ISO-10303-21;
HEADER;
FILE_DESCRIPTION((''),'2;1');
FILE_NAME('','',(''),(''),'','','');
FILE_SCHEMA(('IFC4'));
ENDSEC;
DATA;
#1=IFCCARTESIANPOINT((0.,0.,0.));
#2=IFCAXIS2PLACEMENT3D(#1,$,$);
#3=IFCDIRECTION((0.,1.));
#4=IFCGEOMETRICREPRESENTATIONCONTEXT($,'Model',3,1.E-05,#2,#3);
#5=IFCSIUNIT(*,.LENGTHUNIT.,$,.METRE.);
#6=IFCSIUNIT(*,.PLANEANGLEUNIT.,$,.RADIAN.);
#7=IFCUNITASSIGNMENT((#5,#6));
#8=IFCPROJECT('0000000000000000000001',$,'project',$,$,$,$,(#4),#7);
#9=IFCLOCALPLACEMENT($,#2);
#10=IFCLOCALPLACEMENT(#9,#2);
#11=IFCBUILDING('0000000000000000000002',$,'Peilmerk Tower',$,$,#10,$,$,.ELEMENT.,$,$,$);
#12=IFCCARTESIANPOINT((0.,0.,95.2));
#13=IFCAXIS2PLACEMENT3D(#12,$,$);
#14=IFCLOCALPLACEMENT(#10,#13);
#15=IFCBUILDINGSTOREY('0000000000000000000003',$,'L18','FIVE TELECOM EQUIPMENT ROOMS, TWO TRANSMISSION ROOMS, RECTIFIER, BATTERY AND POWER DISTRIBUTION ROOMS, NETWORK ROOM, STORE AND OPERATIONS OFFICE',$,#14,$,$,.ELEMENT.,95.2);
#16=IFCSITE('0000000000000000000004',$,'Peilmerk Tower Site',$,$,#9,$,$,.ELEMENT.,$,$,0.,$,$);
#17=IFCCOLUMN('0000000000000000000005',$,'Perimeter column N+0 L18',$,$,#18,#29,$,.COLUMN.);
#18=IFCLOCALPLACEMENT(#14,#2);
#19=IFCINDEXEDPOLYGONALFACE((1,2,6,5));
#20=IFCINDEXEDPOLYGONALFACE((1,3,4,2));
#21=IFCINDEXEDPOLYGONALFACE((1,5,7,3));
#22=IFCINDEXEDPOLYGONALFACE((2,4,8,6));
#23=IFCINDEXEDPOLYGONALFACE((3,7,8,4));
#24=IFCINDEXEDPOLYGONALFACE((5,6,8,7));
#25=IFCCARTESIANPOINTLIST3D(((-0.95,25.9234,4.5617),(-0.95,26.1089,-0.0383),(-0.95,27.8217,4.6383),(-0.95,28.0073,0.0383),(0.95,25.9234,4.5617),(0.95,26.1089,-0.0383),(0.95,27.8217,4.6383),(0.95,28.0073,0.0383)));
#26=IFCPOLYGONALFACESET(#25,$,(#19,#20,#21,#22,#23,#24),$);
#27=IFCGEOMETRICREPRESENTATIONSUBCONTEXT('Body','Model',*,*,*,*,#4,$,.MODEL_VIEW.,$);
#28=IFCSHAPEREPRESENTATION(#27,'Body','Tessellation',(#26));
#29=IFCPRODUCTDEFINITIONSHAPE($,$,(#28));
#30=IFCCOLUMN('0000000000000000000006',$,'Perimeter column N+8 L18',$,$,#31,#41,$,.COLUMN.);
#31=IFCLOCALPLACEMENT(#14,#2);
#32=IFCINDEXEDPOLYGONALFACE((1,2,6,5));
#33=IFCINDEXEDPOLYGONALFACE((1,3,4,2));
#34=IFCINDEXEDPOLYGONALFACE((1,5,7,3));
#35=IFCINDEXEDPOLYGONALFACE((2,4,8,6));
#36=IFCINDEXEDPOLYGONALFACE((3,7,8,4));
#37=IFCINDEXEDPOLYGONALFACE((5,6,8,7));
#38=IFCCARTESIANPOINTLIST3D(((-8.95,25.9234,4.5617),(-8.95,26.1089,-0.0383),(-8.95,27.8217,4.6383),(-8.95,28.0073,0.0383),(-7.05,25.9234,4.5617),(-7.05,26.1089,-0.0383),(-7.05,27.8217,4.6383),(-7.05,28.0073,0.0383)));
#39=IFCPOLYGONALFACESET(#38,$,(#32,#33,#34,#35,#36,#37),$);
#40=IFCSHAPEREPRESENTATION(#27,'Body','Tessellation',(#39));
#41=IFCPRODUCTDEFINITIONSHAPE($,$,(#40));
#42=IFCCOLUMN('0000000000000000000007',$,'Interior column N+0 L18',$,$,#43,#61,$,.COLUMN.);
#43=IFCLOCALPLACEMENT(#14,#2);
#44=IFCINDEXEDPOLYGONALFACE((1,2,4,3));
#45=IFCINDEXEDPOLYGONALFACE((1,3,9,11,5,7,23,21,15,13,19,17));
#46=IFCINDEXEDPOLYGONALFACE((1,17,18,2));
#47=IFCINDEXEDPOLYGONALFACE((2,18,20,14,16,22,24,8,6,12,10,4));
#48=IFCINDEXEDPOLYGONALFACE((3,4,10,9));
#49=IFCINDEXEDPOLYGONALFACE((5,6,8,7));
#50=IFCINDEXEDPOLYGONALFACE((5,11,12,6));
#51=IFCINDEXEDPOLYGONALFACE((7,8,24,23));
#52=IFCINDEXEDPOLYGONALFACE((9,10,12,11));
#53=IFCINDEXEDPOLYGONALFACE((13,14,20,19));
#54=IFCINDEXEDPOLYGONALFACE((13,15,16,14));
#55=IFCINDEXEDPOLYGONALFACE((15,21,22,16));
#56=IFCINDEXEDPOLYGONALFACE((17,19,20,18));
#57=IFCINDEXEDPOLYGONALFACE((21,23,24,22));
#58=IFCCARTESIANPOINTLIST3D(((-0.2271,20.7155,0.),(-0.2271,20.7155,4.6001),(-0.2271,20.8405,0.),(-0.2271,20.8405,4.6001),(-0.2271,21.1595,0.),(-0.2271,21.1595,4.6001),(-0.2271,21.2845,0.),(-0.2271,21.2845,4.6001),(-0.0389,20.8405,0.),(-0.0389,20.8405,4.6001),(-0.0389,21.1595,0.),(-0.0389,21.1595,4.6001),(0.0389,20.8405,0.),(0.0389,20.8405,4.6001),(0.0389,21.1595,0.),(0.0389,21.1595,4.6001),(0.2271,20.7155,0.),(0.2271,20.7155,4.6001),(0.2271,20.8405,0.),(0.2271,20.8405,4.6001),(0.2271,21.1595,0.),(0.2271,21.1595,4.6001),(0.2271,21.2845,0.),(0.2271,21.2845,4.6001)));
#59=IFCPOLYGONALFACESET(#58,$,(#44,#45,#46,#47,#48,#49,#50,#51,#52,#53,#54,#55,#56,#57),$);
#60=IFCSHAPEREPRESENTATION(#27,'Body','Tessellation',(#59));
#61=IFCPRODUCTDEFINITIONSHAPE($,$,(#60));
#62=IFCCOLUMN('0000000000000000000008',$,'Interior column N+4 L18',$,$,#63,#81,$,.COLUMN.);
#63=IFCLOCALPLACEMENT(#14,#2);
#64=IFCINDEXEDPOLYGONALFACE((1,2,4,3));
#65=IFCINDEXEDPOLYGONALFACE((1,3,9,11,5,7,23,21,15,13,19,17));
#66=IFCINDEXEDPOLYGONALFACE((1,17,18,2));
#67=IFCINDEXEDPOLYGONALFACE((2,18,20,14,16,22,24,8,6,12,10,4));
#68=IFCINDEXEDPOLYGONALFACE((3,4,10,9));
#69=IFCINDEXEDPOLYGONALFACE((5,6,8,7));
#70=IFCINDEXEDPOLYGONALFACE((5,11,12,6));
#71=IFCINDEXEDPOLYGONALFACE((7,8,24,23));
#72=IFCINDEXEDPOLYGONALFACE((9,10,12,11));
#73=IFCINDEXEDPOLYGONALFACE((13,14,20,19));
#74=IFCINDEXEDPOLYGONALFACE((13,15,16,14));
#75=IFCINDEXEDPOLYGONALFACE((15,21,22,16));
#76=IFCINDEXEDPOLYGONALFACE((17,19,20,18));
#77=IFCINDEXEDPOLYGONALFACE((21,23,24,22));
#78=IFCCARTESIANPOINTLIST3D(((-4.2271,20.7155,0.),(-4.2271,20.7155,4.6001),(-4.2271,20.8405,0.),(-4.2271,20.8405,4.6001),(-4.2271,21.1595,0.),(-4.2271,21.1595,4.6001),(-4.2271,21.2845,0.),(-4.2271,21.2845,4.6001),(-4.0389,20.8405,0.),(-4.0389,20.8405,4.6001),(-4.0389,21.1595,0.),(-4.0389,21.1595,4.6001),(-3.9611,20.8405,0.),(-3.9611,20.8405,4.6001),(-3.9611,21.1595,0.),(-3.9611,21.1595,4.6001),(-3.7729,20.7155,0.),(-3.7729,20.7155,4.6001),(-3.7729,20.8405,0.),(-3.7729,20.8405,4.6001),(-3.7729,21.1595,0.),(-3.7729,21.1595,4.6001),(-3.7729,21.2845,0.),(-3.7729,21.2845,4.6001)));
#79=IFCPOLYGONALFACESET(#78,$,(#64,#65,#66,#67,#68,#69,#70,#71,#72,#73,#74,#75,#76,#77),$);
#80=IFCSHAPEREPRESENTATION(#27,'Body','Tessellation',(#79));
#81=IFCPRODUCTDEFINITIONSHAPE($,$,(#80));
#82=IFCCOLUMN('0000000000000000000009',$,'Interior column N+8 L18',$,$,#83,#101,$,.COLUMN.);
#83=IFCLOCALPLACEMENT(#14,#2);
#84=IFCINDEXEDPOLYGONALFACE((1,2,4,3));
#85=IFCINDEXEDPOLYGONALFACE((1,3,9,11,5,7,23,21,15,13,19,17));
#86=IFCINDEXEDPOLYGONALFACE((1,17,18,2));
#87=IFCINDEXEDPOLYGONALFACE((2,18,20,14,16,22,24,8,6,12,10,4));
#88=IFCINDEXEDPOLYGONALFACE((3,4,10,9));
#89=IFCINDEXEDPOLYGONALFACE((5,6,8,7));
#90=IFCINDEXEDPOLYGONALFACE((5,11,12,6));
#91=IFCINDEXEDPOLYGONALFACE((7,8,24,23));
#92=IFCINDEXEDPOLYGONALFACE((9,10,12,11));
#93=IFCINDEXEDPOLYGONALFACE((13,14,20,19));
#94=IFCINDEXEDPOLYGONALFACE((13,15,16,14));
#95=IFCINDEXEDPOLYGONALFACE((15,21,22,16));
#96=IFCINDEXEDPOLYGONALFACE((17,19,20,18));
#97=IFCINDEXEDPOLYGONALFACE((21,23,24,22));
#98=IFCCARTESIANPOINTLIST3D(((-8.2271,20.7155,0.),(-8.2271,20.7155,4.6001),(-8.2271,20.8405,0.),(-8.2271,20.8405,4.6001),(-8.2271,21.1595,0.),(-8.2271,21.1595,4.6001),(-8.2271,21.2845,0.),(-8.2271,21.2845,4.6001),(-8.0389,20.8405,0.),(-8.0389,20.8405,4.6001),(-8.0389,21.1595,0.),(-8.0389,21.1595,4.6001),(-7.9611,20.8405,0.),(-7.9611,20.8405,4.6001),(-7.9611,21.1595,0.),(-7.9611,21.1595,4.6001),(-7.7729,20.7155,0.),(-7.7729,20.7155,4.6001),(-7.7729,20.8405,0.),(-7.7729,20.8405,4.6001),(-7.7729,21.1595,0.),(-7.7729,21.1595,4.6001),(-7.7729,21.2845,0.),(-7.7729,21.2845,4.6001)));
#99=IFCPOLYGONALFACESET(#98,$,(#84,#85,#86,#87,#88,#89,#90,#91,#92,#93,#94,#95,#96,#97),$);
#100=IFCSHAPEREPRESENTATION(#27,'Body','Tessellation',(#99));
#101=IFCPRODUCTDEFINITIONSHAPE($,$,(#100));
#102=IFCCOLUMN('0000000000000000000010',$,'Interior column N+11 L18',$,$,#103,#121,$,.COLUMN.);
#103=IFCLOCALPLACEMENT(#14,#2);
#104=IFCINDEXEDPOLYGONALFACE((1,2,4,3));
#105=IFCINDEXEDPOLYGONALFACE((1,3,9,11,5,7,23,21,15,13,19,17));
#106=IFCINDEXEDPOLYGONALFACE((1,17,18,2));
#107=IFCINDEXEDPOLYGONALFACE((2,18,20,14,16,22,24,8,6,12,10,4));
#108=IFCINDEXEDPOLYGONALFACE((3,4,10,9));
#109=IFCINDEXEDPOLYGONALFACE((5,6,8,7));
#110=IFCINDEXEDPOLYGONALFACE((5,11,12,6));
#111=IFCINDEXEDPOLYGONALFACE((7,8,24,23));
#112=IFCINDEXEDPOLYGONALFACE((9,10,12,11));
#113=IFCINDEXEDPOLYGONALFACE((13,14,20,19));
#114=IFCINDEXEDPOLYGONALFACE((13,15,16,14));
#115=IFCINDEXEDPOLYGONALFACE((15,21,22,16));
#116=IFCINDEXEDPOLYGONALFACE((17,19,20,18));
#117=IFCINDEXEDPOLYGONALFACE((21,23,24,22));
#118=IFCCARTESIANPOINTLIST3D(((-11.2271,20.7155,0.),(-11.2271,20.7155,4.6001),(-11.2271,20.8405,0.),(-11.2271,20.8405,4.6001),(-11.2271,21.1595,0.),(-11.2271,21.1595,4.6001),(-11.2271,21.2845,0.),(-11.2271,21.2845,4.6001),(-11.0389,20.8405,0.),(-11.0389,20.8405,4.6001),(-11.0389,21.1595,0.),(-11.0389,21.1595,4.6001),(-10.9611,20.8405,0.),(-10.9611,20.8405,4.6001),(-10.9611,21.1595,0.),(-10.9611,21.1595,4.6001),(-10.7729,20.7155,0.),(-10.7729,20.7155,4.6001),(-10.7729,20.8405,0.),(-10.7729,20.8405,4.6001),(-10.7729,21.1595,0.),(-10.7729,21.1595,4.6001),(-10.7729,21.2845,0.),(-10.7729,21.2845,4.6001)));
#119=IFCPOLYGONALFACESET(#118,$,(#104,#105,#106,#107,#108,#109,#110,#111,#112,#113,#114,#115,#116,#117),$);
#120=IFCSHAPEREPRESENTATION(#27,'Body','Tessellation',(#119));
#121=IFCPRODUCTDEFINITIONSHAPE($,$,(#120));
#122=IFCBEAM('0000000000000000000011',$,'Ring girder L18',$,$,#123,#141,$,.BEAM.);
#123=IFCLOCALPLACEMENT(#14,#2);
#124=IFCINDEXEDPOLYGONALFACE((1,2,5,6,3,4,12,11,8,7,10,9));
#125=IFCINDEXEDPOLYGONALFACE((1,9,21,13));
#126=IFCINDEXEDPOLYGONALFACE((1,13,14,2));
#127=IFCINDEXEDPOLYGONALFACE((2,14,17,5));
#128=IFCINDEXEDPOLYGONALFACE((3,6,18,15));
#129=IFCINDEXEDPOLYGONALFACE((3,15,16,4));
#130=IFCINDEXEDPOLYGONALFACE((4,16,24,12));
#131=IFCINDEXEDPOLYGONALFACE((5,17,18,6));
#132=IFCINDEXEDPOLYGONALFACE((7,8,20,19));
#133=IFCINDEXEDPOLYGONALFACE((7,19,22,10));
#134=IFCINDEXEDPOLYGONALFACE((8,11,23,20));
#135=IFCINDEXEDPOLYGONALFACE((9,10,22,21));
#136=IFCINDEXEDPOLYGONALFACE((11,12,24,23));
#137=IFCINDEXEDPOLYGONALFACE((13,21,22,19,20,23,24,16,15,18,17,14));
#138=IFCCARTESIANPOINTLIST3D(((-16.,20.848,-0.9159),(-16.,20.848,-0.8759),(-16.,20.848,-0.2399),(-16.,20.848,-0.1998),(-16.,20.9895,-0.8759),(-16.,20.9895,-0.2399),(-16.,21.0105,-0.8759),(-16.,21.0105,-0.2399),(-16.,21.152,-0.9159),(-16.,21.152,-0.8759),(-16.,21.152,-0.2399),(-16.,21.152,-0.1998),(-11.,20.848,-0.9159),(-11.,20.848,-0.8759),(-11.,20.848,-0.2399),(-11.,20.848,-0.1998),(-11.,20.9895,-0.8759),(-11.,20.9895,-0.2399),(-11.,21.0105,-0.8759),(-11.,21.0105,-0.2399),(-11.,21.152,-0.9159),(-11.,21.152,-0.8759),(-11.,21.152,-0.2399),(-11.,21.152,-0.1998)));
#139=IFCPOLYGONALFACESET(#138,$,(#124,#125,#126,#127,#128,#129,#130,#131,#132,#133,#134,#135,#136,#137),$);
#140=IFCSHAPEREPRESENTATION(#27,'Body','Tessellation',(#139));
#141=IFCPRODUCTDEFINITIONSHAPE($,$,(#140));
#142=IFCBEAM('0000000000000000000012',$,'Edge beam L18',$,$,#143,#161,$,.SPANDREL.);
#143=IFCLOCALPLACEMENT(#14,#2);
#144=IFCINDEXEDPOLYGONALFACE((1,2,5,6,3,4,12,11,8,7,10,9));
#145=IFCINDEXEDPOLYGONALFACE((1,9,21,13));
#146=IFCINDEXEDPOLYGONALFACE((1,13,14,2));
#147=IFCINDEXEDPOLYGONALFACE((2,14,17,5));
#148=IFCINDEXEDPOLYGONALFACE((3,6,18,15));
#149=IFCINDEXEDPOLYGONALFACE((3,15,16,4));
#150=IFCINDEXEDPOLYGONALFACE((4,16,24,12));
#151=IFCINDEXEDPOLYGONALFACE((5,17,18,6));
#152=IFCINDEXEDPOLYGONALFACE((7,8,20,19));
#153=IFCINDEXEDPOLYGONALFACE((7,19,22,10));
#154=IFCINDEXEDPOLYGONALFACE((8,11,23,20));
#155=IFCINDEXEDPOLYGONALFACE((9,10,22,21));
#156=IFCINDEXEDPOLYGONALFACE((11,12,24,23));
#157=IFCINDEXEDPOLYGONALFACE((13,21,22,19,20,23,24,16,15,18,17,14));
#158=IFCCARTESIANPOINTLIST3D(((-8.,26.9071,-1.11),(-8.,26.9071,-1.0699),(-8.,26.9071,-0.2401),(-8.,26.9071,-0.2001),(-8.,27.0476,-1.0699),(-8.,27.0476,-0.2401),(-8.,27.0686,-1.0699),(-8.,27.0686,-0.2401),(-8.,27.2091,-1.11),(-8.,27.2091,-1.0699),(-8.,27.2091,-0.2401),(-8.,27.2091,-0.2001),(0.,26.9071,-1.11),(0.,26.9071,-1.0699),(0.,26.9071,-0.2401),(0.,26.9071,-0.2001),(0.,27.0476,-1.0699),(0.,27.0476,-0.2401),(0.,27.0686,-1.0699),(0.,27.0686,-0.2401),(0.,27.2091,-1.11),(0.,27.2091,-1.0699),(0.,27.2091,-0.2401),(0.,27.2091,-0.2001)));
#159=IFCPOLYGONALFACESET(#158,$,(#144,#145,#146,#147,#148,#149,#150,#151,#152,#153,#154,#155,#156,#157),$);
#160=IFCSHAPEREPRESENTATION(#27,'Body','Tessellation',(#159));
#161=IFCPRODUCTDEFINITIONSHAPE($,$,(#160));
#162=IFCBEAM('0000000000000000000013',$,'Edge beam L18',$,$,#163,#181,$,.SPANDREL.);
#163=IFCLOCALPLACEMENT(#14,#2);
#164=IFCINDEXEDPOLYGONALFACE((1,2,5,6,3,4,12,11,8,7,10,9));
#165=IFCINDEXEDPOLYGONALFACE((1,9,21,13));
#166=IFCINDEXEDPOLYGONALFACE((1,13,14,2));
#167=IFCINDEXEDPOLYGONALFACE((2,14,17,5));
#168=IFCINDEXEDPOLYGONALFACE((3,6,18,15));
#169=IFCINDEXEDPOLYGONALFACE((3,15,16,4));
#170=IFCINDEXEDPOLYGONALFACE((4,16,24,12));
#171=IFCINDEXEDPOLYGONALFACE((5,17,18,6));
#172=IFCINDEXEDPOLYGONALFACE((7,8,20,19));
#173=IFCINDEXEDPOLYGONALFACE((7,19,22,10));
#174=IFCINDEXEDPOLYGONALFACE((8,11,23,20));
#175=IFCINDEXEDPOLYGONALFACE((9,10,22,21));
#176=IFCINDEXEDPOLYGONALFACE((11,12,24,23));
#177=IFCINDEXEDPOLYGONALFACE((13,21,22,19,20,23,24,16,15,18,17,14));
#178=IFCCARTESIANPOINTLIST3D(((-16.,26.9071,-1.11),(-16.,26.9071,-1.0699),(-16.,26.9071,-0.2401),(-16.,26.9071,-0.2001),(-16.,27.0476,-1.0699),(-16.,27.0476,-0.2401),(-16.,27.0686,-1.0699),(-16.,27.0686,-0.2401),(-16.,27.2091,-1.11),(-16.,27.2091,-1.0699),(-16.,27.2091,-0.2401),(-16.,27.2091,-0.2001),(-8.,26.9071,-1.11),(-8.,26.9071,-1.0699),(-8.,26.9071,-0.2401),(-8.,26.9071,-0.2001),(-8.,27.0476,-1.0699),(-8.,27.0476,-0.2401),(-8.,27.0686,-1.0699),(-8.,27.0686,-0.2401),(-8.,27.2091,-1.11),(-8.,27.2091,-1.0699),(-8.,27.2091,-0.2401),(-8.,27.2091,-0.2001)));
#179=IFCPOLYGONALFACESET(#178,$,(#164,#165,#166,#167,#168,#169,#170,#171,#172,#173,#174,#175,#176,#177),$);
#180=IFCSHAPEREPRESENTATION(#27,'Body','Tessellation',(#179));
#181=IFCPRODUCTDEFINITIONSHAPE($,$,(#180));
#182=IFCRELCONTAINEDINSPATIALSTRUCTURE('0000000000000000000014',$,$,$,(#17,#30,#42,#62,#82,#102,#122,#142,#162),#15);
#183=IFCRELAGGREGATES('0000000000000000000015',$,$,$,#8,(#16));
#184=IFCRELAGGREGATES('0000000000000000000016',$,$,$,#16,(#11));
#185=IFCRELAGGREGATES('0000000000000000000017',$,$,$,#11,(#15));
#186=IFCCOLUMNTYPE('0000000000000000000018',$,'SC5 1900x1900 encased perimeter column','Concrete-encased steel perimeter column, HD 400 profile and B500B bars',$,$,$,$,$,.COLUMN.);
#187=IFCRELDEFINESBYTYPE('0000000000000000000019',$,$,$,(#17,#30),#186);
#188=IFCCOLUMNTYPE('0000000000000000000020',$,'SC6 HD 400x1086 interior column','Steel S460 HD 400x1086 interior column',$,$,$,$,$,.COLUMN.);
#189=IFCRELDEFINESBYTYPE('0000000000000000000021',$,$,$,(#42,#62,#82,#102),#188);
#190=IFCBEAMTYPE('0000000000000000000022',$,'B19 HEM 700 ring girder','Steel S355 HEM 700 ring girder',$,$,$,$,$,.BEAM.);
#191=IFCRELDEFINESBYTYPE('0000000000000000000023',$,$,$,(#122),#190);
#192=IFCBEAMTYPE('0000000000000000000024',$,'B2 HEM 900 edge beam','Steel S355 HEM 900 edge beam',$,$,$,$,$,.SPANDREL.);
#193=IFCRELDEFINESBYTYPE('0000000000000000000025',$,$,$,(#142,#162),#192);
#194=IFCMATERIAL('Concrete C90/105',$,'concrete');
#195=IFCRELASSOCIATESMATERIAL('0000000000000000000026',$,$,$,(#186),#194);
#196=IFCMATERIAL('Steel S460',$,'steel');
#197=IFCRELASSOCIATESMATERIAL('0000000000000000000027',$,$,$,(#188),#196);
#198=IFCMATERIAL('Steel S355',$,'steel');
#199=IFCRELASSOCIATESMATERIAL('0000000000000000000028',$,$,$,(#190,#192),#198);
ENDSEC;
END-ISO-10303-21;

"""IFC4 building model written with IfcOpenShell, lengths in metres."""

from ifc_helpers import new_model, si_unit, direction, frame, origin, origin_2d, place, context, subcontext, project, spatial, rectangle, i_section, extrude, material, material_profile, profile_set, type_object, element, save


model = new_model("IFC4")

# Units and contexts
model_context = context("Model", 3, precision=1e-05, world=origin(), true_north=direction((0.0, 1.0)))
body_context = subcontext(model_context, "Body", "Model", "MODEL_VIEW")
ifc_project = project(units=[si_unit("LENGTHUNIT", "METRE"), si_unit("PLANEANGLEUNIT", "RADIAN")], contexts=[model_context])

# Site, building, storey
site_placement = place(None, origin())
site = spatial("IfcSite", under=ifc_project, at=site_placement, Name="Peilmerk Tower Site", CompositionType="ELEMENT", RefElevation=0.0)
building_placement = place(site_placement, origin())
building = spatial("IfcBuilding", under=site, at=building_placement, Name="Peilmerk Tower", CompositionType="ELEMENT")
storey_placement = place(building_placement, frame((0.0, 0.0, 95.2)))
storey = spatial("IfcBuildingStorey", under=building, at=storey_placement, Name="L18", Description="FIVE TELECOM EQUIPMENT ROOMS, TWO TRANSMISSION ROOMS, RECTIFIER, BATTERY AND POWER DISTRIBUTION ROOMS, NETWORK ROOM, STORE AND OPERATIONS OFFICE", CompositionType="ELEMENT", Elevation=95.2)

# Columns
ifc_material_1 = material(Name="Concrete C90/105", Category="concrete")
ifc_material_profile_1 = material_profile(ifc_material_1, rectangle(XDim=1.8999, YDim=1.8999, at=origin_2d()), Name="RC 1900x1900")
ifc_profile_set_1 = profile_set([ifc_material_profile_1], Name="Concrete C90/105")
column_type_1 = type_object("IfcColumnType", Name="SC5 1900x1900 encased perimeter column", Description="Concrete-encased steel perimeter column, HD 400 profile and B500B bars", PredefinedType="COLUMN", material=ifc_profile_set_1)
for number, where, z_axis, x_axis, name in (
    (1, (0.0, 27.0581, 0.0), (0.0, -0.040303, 0.999188), (1.0, 0.0, 0.0), "Perimeter column N+0 L18"),
    (2, (-8.0, 27.0581, 0.0), (0.0, -0.040303, 0.999188), (1.0, 0.0, 0.0), "Perimeter column N+8 L18"),
):
    element("IfcColumn", number, at=place(storey_placement, frame(where, z_axis=z_axis, x_axis=x_axis)), inside=storey, type_object=column_type_1, Name=name, PredefinedType="COLUMN", context=body_context, shape_type="SweptSolid", body=[
        extrude(rectangle(XDim=1.8999, YDim=1.8999, at=origin_2d()), origin(), (0.0, 0.0, 1.0), 4.6038),
    ])
ifc_material_2 = material(Name="Steel S460", Category="steel")
ifc_material_profile_2 = material_profile(ifc_material_2, i_section(OverallWidth=0.4541, OverallDepth=0.5691, WebThickness=0.0779, FlangeThickness=0.125, at=origin_2d()), Name="HD 400x1086")
ifc_profile_set_2 = profile_set([ifc_material_profile_2], Name="Steel S460")
column_type_2 = type_object("IfcColumnType", Name="SC6 HD 400x1086 interior column", Description="Steel S460 HD 400x1086 interior column", PredefinedType="COLUMN", material=ifc_profile_set_2)
for number, where, z_axis, x_axis, name in (
    (3, (0.0, 21.0, 0.0), (0.0, 0.0, 1.0), (1.0, 0.0, 0.0), "Interior column N+0 L18"),
    (4, (-4.0, 21.0, 0.0), (0.0, 0.0, 1.0), (1.0, 0.0, 0.0), "Interior column N+4 L18"),
    (5, (-8.0, 21.0, 0.0), (0.0, 0.0, 1.0), (1.0, 0.0, 0.0), "Interior column N+8 L18"),
    (6, (-11.0, 21.0, 0.0), (0.0, 0.0, 1.0), (1.0, 0.0, 0.0), "Interior column N+11 L18"),
):
    element("IfcColumn", number, at=place(storey_placement, frame(where, z_axis=z_axis, x_axis=x_axis)), inside=storey, type_object=column_type_2, Name=name, PredefinedType="COLUMN", context=body_context, shape_type="SweptSolid", body=[
        extrude(i_section(OverallWidth=0.4541, OverallDepth=0.5691, WebThickness=0.0779, FlangeThickness=0.125, at=origin_2d()), origin(), (0.0, 0.0, 1.0), 4.6001),
    ])

# Beams
ifc_material_3 = material(Name="Steel S355", Category="steel")
ifc_material_profile_3 = material_profile(ifc_material_3, i_section(OverallWidth=0.304, OverallDepth=0.7161, WebThickness=0.021, FlangeThickness=0.04, at=origin_2d()), Name="HEM 700")
ifc_profile_set_3 = profile_set([ifc_material_profile_3], Name="Steel S355")
beam_type_1 = type_object("IfcBeamType", Name="B19 HEM 700 ring girder", Description="Steel S355 HEM 700 ring girder", PredefinedType="BEAM", material=ifc_profile_set_3)
beam_1_placement = place(storey_placement, frame((-11.0, 21.0, -0.5579), z_axis=(-1.0, 0.0, 0.0), x_axis=(0.0, -1.0, 0.0)))
element("IfcBeam", 7, at=beam_1_placement, inside=storey, type_object=beam_type_1, Name="Ring girder L18", PredefinedType="BEAM", context=body_context, shape_type="SweptSolid", body=[
    extrude(i_section(OverallWidth=0.304, OverallDepth=0.7161, WebThickness=0.021, FlangeThickness=0.04, at=origin_2d()), origin(), (0.0, 0.0, 1.0), 5.0),
])
ifc_material_profile_4 = material_profile(ifc_material_3, i_section(OverallWidth=0.302, OverallDepth=0.9099, WebThickness=0.021, FlangeThickness=0.04, at=origin_2d()), Name="HEM 900")
ifc_profile_set_4 = profile_set([ifc_material_profile_4], Name="Steel S355")
beam_type_2 = type_object("IfcBeamType", Name="B2 HEM 900 edge beam", Description="Steel S355 HEM 900 edge beam", PredefinedType="SPANDREL", material=ifc_profile_set_4)
for number, where, z_axis, x_axis, name in (
    (8, (0.0, 27.0581, -0.655), (-1.0, 0.0, 0.0), (0.0, -1.0, 0.0), "Edge beam L18"),
    (9, (-8.0, 27.0581, -0.655), (-1.0, 0.0, 0.0), (0.0, -1.0, 0.0), "Edge beam L18"),
):
    element("IfcBeam", number, at=place(storey_placement, frame(where, z_axis=z_axis, x_axis=x_axis)), inside=storey, type_object=beam_type_2, Name=name, PredefinedType="SPANDREL", context=body_context, shape_type="SweptSolid", body=[
        extrude(i_section(OverallWidth=0.302, OverallDepth=0.9099, WebThickness=0.021, FlangeThickness=0.04, at=origin_2d()), origin(), (0.0, 0.0, 1.0), 8.0),
    ])

save(model, "model.ifc")
